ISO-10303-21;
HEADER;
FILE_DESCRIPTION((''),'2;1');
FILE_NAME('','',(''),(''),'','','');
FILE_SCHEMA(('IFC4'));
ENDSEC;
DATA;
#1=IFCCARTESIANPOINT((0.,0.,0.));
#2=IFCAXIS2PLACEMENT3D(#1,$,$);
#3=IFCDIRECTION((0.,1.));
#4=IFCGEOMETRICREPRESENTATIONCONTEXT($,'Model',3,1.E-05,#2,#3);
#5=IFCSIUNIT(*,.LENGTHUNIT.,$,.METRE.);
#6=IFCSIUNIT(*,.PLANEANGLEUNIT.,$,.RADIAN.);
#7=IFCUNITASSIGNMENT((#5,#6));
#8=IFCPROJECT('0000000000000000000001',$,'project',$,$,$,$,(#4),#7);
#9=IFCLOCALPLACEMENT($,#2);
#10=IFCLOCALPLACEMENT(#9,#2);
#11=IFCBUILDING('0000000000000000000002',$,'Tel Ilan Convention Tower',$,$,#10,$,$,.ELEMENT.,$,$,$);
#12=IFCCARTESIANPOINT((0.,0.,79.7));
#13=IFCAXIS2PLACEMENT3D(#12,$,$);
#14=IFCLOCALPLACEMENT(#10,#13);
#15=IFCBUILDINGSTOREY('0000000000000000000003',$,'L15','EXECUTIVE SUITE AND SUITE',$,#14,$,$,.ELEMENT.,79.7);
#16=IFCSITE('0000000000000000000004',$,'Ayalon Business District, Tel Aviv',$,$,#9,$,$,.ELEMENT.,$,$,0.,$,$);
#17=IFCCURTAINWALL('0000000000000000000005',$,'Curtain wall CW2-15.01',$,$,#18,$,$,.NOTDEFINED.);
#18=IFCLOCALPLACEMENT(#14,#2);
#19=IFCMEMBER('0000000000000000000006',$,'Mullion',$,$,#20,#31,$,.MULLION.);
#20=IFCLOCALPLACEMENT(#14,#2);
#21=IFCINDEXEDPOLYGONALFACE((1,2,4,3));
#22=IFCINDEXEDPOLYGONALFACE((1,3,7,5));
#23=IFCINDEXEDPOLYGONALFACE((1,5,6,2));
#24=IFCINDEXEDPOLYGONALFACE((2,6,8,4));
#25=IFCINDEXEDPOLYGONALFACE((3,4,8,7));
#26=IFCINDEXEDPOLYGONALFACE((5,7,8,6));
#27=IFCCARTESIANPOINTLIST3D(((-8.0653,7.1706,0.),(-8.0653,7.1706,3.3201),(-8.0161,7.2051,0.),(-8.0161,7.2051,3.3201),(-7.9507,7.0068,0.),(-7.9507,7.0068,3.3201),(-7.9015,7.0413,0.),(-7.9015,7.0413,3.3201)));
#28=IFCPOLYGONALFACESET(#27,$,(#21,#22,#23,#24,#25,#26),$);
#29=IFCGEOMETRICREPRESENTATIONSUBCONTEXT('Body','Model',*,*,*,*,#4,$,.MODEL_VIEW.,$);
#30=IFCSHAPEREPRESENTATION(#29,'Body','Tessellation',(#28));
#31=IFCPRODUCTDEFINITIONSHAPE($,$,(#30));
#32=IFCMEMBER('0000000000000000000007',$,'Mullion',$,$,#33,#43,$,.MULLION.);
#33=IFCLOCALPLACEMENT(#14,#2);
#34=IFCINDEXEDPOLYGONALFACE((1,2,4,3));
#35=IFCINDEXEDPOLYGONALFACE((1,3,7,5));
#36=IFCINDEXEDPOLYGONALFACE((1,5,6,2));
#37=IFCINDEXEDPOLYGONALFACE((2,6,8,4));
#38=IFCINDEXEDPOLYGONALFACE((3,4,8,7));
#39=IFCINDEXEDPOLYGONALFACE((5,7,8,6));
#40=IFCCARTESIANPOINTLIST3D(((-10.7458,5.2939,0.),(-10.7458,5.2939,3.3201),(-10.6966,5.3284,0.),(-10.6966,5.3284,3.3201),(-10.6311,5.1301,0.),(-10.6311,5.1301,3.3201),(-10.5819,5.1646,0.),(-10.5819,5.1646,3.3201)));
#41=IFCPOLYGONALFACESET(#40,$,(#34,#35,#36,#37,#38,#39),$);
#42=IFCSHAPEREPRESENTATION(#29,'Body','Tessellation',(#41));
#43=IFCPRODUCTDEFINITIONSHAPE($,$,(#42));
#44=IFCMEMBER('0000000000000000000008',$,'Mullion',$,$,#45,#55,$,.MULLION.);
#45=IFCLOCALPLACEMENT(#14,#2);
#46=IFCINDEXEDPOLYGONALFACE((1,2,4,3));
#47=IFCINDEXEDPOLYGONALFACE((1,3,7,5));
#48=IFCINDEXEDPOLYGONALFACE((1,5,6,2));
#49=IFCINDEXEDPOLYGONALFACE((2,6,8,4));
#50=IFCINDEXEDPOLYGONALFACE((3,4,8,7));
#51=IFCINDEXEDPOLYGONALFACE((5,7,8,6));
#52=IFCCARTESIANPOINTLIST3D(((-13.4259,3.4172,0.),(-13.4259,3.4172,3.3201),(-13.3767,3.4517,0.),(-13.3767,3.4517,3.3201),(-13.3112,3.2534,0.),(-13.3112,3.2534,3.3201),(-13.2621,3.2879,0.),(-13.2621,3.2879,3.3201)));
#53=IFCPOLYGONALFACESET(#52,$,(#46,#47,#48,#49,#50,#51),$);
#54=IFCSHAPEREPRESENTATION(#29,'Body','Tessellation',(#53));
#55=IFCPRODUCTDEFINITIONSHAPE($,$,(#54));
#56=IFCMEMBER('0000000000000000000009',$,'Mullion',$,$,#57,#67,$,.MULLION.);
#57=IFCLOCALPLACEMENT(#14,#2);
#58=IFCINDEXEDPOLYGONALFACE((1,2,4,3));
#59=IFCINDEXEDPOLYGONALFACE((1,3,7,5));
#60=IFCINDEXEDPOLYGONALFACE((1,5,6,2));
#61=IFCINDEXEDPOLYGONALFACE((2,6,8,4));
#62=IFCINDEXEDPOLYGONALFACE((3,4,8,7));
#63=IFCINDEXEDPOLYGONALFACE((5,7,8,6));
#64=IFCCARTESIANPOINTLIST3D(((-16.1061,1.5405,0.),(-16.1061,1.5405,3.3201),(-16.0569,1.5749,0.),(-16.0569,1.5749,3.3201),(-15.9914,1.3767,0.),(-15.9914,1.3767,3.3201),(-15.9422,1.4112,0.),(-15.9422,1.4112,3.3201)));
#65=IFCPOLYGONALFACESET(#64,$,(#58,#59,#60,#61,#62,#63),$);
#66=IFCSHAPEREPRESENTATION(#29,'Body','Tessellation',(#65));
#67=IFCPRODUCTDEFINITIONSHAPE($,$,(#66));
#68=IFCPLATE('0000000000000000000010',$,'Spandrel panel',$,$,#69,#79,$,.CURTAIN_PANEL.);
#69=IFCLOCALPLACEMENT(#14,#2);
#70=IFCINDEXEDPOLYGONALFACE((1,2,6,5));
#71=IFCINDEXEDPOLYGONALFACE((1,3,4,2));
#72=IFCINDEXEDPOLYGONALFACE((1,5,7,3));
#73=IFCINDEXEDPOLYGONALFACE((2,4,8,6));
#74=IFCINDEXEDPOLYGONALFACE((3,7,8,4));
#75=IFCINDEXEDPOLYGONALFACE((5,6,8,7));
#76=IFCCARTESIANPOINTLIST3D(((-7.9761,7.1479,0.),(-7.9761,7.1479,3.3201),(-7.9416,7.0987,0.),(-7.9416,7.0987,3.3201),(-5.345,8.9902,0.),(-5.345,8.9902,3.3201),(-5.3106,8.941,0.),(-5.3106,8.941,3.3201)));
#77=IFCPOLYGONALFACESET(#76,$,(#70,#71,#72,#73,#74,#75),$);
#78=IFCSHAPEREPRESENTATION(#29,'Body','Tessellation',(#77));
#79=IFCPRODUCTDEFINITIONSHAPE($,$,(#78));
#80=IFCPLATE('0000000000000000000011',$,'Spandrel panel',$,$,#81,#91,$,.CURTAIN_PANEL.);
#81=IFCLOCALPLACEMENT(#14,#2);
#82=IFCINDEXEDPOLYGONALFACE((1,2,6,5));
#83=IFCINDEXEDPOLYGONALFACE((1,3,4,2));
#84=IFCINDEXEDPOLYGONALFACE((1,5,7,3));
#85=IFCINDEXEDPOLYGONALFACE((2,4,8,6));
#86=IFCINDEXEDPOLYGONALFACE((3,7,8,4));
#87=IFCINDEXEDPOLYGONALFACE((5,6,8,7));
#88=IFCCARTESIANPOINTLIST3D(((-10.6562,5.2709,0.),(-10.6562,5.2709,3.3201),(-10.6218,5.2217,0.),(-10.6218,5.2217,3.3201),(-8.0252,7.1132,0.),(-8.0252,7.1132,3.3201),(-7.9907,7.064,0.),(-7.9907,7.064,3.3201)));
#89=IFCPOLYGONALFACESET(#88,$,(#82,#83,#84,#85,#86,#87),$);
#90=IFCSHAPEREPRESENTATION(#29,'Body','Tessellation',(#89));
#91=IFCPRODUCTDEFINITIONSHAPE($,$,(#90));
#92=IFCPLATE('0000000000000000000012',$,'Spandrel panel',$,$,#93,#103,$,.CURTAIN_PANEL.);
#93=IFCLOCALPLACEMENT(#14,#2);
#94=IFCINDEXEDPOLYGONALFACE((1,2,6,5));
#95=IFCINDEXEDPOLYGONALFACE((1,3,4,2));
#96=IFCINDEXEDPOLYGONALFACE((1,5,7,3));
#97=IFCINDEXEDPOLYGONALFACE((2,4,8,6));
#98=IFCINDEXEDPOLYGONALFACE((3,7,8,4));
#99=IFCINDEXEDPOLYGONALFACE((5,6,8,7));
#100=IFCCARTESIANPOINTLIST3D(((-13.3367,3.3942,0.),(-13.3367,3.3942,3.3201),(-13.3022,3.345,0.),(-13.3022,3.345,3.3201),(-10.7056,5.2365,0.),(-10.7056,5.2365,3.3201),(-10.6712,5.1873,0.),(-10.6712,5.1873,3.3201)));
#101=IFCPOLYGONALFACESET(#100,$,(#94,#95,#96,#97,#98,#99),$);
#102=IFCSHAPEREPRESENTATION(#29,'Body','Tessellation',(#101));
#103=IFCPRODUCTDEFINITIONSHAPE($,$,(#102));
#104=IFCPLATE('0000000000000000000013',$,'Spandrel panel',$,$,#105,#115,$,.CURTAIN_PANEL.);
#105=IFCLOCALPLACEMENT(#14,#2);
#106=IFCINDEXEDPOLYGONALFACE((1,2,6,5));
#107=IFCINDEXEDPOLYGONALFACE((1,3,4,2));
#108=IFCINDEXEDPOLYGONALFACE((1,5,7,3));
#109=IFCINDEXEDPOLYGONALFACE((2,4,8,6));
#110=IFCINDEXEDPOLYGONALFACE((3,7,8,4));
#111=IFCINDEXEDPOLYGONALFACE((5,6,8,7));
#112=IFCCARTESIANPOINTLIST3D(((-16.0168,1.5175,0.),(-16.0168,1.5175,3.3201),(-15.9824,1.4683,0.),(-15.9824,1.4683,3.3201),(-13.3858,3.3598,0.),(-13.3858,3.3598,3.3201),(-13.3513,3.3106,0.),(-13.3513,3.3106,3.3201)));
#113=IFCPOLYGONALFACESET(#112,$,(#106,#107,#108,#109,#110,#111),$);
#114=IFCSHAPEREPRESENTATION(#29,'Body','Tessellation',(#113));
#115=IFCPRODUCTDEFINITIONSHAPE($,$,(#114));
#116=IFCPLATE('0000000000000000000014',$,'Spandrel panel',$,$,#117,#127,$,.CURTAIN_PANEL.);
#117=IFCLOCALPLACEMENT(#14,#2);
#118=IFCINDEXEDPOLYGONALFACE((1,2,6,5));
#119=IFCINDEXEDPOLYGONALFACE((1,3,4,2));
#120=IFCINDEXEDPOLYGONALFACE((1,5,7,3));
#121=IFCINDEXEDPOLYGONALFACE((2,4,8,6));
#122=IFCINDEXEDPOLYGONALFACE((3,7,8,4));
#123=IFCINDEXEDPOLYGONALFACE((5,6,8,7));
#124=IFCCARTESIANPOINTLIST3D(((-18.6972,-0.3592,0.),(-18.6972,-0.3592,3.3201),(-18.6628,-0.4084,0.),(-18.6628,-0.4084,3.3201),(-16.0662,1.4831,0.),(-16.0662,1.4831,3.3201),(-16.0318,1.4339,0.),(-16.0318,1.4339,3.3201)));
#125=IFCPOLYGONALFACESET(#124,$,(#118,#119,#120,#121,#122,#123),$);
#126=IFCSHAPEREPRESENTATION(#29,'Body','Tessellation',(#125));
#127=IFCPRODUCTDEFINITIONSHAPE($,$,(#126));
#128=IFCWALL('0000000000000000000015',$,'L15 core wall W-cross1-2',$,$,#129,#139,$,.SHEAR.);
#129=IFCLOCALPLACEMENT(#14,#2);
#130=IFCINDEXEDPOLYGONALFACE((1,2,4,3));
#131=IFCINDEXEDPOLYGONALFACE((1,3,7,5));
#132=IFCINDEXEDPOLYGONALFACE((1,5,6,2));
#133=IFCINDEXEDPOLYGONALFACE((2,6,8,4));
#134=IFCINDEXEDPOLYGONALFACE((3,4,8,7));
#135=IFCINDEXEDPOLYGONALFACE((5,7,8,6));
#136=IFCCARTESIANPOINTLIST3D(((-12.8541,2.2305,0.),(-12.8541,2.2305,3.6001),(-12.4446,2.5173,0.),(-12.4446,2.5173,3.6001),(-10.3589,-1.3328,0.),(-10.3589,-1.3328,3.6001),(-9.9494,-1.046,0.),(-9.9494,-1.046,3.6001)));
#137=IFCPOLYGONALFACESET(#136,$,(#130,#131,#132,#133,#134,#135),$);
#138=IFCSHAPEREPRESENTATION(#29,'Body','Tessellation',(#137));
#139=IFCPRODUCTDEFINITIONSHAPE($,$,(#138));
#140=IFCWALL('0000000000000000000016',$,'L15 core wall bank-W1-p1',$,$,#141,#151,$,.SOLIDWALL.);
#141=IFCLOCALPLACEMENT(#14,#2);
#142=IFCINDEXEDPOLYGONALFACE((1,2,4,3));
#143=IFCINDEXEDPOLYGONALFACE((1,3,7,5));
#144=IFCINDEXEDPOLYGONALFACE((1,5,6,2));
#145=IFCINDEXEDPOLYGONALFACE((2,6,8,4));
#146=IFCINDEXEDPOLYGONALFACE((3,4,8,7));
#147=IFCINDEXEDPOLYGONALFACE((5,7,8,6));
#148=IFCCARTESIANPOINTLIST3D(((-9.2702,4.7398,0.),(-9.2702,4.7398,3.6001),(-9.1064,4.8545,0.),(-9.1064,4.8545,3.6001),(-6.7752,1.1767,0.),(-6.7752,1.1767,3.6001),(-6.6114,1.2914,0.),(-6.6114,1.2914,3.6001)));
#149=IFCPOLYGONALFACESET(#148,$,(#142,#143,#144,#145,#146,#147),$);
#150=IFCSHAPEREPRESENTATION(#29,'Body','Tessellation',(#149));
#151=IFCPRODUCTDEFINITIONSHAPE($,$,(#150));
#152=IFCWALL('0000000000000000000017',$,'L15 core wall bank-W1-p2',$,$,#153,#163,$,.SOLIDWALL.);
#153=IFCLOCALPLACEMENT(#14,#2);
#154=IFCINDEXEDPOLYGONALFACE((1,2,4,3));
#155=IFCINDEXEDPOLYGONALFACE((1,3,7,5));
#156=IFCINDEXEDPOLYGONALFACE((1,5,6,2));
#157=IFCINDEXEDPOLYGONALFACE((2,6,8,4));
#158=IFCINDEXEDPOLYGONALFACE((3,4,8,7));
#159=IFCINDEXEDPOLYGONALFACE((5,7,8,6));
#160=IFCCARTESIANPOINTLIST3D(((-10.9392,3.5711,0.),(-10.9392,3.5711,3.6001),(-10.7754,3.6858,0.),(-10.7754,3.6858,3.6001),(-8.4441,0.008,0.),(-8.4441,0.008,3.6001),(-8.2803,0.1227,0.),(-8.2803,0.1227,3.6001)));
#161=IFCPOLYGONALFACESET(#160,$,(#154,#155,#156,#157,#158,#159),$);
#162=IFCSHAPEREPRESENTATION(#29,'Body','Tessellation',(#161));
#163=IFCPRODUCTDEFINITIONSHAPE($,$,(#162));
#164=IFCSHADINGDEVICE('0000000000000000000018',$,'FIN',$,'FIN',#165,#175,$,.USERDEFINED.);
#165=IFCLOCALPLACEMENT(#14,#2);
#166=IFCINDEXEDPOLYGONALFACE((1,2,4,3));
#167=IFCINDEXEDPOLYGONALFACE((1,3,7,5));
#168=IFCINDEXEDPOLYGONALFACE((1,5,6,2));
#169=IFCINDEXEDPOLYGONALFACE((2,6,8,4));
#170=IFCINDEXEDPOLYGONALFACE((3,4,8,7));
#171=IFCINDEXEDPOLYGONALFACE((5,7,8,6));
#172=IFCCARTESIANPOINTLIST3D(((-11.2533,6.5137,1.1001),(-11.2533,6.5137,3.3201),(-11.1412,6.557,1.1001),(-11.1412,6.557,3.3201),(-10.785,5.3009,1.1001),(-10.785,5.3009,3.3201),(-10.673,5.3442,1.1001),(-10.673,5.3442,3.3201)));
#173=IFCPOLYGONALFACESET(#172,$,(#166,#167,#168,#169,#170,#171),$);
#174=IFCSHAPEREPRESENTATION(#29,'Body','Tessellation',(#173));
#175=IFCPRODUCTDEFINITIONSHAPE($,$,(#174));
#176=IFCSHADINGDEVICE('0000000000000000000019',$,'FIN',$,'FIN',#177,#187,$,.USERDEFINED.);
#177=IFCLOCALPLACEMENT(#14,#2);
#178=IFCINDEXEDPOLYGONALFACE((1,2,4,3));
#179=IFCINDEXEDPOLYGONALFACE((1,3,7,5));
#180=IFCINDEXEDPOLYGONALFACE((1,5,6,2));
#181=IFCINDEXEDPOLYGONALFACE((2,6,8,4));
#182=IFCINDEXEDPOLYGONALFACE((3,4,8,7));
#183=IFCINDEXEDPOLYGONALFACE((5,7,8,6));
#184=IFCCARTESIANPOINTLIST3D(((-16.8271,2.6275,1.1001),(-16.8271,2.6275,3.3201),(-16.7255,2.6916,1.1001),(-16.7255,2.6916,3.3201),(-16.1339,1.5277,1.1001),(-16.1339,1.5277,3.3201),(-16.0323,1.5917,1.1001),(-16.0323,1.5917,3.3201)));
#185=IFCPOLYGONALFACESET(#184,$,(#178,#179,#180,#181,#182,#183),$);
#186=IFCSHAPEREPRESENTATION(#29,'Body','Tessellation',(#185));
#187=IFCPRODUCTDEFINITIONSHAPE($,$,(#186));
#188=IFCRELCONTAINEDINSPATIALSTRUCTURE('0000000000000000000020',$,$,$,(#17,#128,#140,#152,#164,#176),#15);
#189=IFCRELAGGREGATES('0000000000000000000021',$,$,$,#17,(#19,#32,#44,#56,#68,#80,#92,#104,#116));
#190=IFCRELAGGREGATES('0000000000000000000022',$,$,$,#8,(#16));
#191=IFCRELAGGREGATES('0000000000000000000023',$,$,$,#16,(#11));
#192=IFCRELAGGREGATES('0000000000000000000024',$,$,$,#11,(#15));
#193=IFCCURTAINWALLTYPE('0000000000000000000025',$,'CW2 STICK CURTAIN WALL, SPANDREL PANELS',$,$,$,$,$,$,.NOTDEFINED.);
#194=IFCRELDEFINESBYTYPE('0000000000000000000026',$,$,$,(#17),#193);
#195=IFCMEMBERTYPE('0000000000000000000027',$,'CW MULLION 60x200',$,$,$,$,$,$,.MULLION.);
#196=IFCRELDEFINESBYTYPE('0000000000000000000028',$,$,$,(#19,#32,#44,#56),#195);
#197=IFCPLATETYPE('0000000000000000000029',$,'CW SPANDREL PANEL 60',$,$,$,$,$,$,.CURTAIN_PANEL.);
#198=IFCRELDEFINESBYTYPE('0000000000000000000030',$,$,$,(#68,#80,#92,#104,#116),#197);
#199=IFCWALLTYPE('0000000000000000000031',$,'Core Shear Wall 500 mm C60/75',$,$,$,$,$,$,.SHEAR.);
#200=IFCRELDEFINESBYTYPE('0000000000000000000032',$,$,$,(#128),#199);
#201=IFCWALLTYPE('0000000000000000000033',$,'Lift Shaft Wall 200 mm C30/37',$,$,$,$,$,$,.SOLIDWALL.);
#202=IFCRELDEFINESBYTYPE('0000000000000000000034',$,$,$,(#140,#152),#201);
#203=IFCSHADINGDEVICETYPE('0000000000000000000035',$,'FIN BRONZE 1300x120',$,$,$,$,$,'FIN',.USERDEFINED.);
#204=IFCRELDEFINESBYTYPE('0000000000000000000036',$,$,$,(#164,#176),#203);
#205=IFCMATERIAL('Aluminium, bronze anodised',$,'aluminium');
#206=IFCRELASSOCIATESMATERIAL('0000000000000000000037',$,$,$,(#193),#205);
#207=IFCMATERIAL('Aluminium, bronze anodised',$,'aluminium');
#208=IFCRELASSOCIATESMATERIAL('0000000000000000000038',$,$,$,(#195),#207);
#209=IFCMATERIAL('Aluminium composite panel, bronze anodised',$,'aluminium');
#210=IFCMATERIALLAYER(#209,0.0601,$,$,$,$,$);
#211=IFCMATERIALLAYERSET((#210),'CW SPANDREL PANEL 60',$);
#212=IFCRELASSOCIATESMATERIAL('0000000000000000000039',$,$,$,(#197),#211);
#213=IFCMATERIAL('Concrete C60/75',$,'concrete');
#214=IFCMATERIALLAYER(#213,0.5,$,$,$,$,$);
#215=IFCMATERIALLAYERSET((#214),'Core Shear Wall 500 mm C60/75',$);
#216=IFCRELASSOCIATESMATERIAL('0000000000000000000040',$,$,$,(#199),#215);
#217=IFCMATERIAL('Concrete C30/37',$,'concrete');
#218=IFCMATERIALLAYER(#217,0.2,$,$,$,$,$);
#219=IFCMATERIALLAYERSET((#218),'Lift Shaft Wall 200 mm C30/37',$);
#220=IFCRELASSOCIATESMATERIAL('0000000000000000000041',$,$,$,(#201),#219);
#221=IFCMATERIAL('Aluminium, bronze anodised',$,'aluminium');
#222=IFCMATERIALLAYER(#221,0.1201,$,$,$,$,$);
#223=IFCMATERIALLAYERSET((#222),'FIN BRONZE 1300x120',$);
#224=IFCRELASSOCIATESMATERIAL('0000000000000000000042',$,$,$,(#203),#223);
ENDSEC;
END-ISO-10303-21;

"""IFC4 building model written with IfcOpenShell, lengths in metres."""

from ifc_helpers import new_model, si_unit, direction, frame, frame_2d, origin, origin_2d, place, context, subcontext, project, spatial, polyline, rectangle, outline, extrude, material, layer, layer_set, material_profile, profile_set, type_object, element, aggregate, save


model = new_model("IFC4")

# Units and contexts
model_context = context("Model", 3, precision=1e-05, world=origin(), true_north=direction((0.0, 1.0)))
body_context = subcontext(model_context, "Body", "Model", "MODEL_VIEW")
ifc_project = project(units=[si_unit("LENGTHUNIT", "METRE"), si_unit("PLANEANGLEUNIT", "RADIAN")], contexts=[model_context])

# Site, building, storey
site_placement = place(None, origin())
site = spatial("IfcSite", under=ifc_project, at=site_placement, Name="Ayalon Business District, Tel Aviv", CompositionType="ELEMENT", RefElevation=0.0)
building_placement = place(site_placement, origin())
building = spatial("IfcBuilding", under=site, at=building_placement, Name="Tel Ilan Convention Tower", CompositionType="ELEMENT")
storey_placement = place(building_placement, frame((0.0, 0.0, 79.7)))
storey = spatial("IfcBuildingStorey", under=building, at=storey_placement, Name="L15", Description="EXECUTIVE SUITE AND SUITE", CompositionType="ELEMENT", Elevation=79.7)

# Curtain wall, members, plates
ifc_material_1 = material(Name="Aluminium, bronze anodised", Category="aluminium")
curtain_wall_type = type_object("IfcCurtainWallType", Name="CW2 STICK CURTAIN WALL, SPANDREL PANELS", PredefinedType="NOTDEFINED", material=ifc_material_1)
curtain_wall_placement = place(storey_placement, origin())
curtain_wall = element("IfcCurtainWall", 1, at=curtain_wall_placement, inside=storey, type_object=curtain_wall_type, Name="Curtain wall CW2-15.01", PredefinedType="NOTDEFINED")
ifc_material_2 = material(Name="Aluminium, bronze anodised", Category="aluminium")
ifc_material_profile = material_profile(ifc_material_2, rectangle(XDim=0.0601, YDim=0.2, at=origin_2d()), Name="CW MULLION 60x200")
ifc_profile_set = profile_set([ifc_material_profile], Name="Aluminium, bronze anodised")
member_type = type_object("IfcMemberType", Name="CW MULLION 60x200", PredefinedType="MULLION", material=ifc_profile_set)
member_1_placement = place(storey_placement, frame((-7.9834, 7.106, 0.0), z_axis=(0.0, 0.0, 1.0), x_axis=(-0.819152, -0.573576, 0.0)))
member_1 = element("IfcMember", 2, at=member_1_placement, type_object=member_type, Name="Mullion", PredefinedType="MULLION", context=body_context, shape_type="SweptSolid", body=[
    extrude(rectangle(XDim=0.0601, YDim=0.2, at=origin_2d()), origin(), (0.0, 0.0, 1.0), 3.3201),
])
member_2_placement = place(storey_placement, frame((-10.6638, 5.2292, 0.0), z_axis=(0.0, 0.0, 1.0), x_axis=(-0.819152, -0.573576, 0.0)))
member_2 = element("IfcMember", 3, at=member_2_placement, type_object=member_type, Name="Mullion", PredefinedType="MULLION", context=body_context, shape_type="SweptSolid", body=[
    extrude(rectangle(XDim=0.0601, YDim=0.2, at=origin_2d()), origin(), (0.0, 0.0, 1.0), 3.3201),
])
member_3_placement = place(storey_placement, frame((-13.344, 3.3525, 0.0), z_axis=(0.0, 0.0, 1.0), x_axis=(-0.819152, -0.573576, 0.0)))
member_3 = element("IfcMember", 4, at=member_3_placement, type_object=member_type, Name="Mullion", PredefinedType="MULLION", context=body_context, shape_type="SweptSolid", body=[
    extrude(rectangle(XDim=0.0601, YDim=0.2, at=origin_2d()), origin(), (0.0, 0.0, 1.0), 3.3201),
])
member_4_placement = place(storey_placement, frame((-16.0242, 1.4758, 0.0), z_axis=(0.0, 0.0, 1.0), x_axis=(-0.819152, -0.573576, 0.0)))
member_4 = element("IfcMember", 5, at=member_4_placement, type_object=member_type, Name="Mullion", PredefinedType="MULLION", context=body_context, shape_type="SweptSolid", body=[
    extrude(rectangle(XDim=0.0601, YDim=0.2, at=origin_2d()), origin(), (0.0, 0.0, 1.0), 3.3201),
])
ifc_material_3 = material(Name="Aluminium composite panel, bronze anodised", Category="aluminium")
ifc_layer_1 = layer(ifc_material_3, 0.0601)
ifc_layer_set_1 = layer_set([ifc_layer_1], Name="CW SPANDREL PANEL 60")
plate_type = type_object("IfcPlateType", Name="CW SPANDREL PANEL 60", PredefinedType="CURTAIN_PANEL", material=ifc_layer_set_1)
plate_1_placement = place(storey_placement, frame((-6.6433, 8.0444, 0.0), z_axis=(0.0, 0.0, 1.0), x_axis=(-0.819152, -0.573576, 0.0)))
plate_1 = element("IfcPlate", 6, at=plate_1_placement, type_object=plate_type, Name="Spandrel panel", PredefinedType="CURTAIN_PANEL", context=body_context, shape_type="SweptSolid", body=[
    extrude(rectangle(XDim=3.2119, YDim=0.0601, at=origin_2d()), origin(), (0.0, 0.0, 1.0), 3.3201),
])
plate_2_placement = place(storey_placement, frame((-9.3235, 6.1675, 0.0), z_axis=(0.0, 0.0, 1.0), x_axis=(-0.819152, -0.573576, 0.0)))
plate_2 = element("IfcPlate", 7, at=plate_2_placement, type_object=plate_type, Name="Spandrel panel", PredefinedType="CURTAIN_PANEL", context=body_context, shape_type="SweptSolid", body=[
    extrude(rectangle(XDim=3.2119, YDim=0.0601, at=origin_2d()), origin(), (0.0, 0.0, 1.0), 3.3201),
])
plate_3_placement = place(storey_placement, frame((-12.0039, 4.2908, 0.0), z_axis=(0.0, 0.0, 1.0), x_axis=(-0.819152, -0.573576, 0.0)))
plate_3 = element("IfcPlate", 8, at=plate_3_placement, type_object=plate_type, Name="Spandrel panel", PredefinedType="CURTAIN_PANEL", context=body_context, shape_type="SweptSolid", body=[
    extrude(rectangle(XDim=3.2119, YDim=0.0601, at=origin_2d()), origin(), (0.0, 0.0, 1.0), 3.3201),
])
plate_4_placement = place(storey_placement, frame((-14.6841, 2.4141, 0.0), z_axis=(0.0, 0.0, 1.0), x_axis=(-0.819152, -0.573576, 0.0)))
plate_4 = element("IfcPlate", 9, at=plate_4_placement, type_object=plate_type, Name="Spandrel panel", PredefinedType="CURTAIN_PANEL", context=body_context, shape_type="SweptSolid", body=[
    extrude(rectangle(XDim=3.2119, YDim=0.0601, at=origin_2d()), origin(), (0.0, 0.0, 1.0), 3.3201),
])
plate_5_placement = place(storey_placement, frame((-17.3645, 0.5374, 0.0), z_axis=(0.0, 0.0, 1.0), x_axis=(-0.819152, -0.573576, 0.0)))
plate_5 = element("IfcPlate", 10, at=plate_5_placement, type_object=plate_type, Name="Spandrel panel", PredefinedType="CURTAIN_PANEL", context=body_context, shape_type="SweptSolid", body=[
    extrude(rectangle(XDim=3.2119, YDim=0.0601, at=origin_2d()), origin(), (0.0, 0.0, 1.0), 3.3201),
])
aggregate(curtain_wall, [member_1, member_2, member_3, member_4, plate_1, plate_2, plate_3, plate_4, plate_5])

# Walls
ifc_material_4 = material(Name="Concrete C60/75", Category="concrete")
ifc_layer_2 = layer(ifc_material_4, 0.5)
ifc_layer_set_2 = layer_set([ifc_layer_2], Name="Core Shear Wall 500 mm C60/75")
wall_type_1 = type_object("IfcWallType", Name="Core Shear Wall 500 mm C60/75", PredefinedType="SHEAR", material=ifc_layer_set_2)
wall_placement = place(storey_placement, frame((-10.1543, -1.1892, 0.0), z_axis=(0.0, 0.0, 1.0), x_axis=(-0.573594, 0.81914, 0.0)))
element("IfcWall", 11, at=wall_placement, inside=storey, type_object=wall_type_1, Name="L15 core wall W-cross1-2", PredefinedType="SHEAR", context=body_context, shape_type="SweptSolid", body=[
    extrude(outline(polyline([(4.3499, -0.25), (4.3499, 0.25), (-0.0002, 0.25), (-0.0002, -0.25), (4.3499, -0.25)])), origin(), (0.0, 0.0, 1.0), 3.6001),
])
ifc_material_5 = material(Name="Concrete C30/37", Category="concrete")
ifc_layer_3 = layer(ifc_material_5, 0.2)
ifc_layer_set_3 = layer_set([ifc_layer_3], Name="Lift Shaft Wall 200 mm C30/37")
wall_type_2 = type_object("IfcWallType", Name="Lift Shaft Wall 200 mm C30/37", PredefinedType="SOLIDWALL", material=ifc_layer_set_3)
for number, where, z_axis, x_axis, name in (
    (12, (-6.6934, 1.2341, 0.0), (0.0, 0.0, 1.0), (-0.573594, 0.81914, 0.0), "L15 core wall bank-W1-p1"),
    (13, (-8.3623, 0.0654, 0.0), (0.0, 0.0, 1.0), (-0.573594, 0.81914, 0.0), "L15 core wall bank-W1-p2"),
):
    element("IfcWall", number, at=place(storey_placement, frame(where, z_axis=z_axis, x_axis=x_axis)), inside=storey, type_object=wall_type_2, Name=name, PredefinedType="SOLIDWALL", context=body_context, shape_type="SweptSolid", body=[
        extrude(rectangle(XDim=4.3499, YDim=0.2, at=frame_2d((2.1748, 0.0))), origin(), (0.0, 0.0, 1.0), 3.6001),
    ])

# Shading devices
ifc_material_6 = material(Name="Aluminium, bronze anodised", Category="aluminium")
ifc_layer_4 = layer(ifc_material_6, 0.1201)
ifc_layer_set_4 = layer_set([ifc_layer_4], Name="FIN BRONZE 1300x120")
shading_device_type = type_object("IfcShadingDeviceType", Name="FIN BRONZE 1300x120", ElementType="FIN", PredefinedType="USERDEFINED", material=ifc_layer_set_4)
for number, where, z_axis, x_axis, name in (
    (14, (-10.9631, 5.929, 1.1001), (0.0, 0.0, 1.0), (-0.360178, 0.932884, 0.0), "FIN"),
    (15, (-16.4297, 2.1096, 1.1001), (0.0, 0.0, 1.0), (-0.533204, 0.845986, 0.0), "FIN"),
):
    element("IfcShadingDevice", number, at=place(storey_placement, frame(where, z_axis=z_axis, x_axis=x_axis)), inside=storey, type_object=shading_device_type, Name=name, ObjectType="FIN", PredefinedType="USERDEFINED", context=body_context, shape_type="SweptSolid", body=[
        extrude(rectangle(XDim=1.3, YDim=0.1201, at=origin_2d()), origin(), (0.0, 0.0, 1.0), 2.22),
    ])

save(model, "model.ifc")
